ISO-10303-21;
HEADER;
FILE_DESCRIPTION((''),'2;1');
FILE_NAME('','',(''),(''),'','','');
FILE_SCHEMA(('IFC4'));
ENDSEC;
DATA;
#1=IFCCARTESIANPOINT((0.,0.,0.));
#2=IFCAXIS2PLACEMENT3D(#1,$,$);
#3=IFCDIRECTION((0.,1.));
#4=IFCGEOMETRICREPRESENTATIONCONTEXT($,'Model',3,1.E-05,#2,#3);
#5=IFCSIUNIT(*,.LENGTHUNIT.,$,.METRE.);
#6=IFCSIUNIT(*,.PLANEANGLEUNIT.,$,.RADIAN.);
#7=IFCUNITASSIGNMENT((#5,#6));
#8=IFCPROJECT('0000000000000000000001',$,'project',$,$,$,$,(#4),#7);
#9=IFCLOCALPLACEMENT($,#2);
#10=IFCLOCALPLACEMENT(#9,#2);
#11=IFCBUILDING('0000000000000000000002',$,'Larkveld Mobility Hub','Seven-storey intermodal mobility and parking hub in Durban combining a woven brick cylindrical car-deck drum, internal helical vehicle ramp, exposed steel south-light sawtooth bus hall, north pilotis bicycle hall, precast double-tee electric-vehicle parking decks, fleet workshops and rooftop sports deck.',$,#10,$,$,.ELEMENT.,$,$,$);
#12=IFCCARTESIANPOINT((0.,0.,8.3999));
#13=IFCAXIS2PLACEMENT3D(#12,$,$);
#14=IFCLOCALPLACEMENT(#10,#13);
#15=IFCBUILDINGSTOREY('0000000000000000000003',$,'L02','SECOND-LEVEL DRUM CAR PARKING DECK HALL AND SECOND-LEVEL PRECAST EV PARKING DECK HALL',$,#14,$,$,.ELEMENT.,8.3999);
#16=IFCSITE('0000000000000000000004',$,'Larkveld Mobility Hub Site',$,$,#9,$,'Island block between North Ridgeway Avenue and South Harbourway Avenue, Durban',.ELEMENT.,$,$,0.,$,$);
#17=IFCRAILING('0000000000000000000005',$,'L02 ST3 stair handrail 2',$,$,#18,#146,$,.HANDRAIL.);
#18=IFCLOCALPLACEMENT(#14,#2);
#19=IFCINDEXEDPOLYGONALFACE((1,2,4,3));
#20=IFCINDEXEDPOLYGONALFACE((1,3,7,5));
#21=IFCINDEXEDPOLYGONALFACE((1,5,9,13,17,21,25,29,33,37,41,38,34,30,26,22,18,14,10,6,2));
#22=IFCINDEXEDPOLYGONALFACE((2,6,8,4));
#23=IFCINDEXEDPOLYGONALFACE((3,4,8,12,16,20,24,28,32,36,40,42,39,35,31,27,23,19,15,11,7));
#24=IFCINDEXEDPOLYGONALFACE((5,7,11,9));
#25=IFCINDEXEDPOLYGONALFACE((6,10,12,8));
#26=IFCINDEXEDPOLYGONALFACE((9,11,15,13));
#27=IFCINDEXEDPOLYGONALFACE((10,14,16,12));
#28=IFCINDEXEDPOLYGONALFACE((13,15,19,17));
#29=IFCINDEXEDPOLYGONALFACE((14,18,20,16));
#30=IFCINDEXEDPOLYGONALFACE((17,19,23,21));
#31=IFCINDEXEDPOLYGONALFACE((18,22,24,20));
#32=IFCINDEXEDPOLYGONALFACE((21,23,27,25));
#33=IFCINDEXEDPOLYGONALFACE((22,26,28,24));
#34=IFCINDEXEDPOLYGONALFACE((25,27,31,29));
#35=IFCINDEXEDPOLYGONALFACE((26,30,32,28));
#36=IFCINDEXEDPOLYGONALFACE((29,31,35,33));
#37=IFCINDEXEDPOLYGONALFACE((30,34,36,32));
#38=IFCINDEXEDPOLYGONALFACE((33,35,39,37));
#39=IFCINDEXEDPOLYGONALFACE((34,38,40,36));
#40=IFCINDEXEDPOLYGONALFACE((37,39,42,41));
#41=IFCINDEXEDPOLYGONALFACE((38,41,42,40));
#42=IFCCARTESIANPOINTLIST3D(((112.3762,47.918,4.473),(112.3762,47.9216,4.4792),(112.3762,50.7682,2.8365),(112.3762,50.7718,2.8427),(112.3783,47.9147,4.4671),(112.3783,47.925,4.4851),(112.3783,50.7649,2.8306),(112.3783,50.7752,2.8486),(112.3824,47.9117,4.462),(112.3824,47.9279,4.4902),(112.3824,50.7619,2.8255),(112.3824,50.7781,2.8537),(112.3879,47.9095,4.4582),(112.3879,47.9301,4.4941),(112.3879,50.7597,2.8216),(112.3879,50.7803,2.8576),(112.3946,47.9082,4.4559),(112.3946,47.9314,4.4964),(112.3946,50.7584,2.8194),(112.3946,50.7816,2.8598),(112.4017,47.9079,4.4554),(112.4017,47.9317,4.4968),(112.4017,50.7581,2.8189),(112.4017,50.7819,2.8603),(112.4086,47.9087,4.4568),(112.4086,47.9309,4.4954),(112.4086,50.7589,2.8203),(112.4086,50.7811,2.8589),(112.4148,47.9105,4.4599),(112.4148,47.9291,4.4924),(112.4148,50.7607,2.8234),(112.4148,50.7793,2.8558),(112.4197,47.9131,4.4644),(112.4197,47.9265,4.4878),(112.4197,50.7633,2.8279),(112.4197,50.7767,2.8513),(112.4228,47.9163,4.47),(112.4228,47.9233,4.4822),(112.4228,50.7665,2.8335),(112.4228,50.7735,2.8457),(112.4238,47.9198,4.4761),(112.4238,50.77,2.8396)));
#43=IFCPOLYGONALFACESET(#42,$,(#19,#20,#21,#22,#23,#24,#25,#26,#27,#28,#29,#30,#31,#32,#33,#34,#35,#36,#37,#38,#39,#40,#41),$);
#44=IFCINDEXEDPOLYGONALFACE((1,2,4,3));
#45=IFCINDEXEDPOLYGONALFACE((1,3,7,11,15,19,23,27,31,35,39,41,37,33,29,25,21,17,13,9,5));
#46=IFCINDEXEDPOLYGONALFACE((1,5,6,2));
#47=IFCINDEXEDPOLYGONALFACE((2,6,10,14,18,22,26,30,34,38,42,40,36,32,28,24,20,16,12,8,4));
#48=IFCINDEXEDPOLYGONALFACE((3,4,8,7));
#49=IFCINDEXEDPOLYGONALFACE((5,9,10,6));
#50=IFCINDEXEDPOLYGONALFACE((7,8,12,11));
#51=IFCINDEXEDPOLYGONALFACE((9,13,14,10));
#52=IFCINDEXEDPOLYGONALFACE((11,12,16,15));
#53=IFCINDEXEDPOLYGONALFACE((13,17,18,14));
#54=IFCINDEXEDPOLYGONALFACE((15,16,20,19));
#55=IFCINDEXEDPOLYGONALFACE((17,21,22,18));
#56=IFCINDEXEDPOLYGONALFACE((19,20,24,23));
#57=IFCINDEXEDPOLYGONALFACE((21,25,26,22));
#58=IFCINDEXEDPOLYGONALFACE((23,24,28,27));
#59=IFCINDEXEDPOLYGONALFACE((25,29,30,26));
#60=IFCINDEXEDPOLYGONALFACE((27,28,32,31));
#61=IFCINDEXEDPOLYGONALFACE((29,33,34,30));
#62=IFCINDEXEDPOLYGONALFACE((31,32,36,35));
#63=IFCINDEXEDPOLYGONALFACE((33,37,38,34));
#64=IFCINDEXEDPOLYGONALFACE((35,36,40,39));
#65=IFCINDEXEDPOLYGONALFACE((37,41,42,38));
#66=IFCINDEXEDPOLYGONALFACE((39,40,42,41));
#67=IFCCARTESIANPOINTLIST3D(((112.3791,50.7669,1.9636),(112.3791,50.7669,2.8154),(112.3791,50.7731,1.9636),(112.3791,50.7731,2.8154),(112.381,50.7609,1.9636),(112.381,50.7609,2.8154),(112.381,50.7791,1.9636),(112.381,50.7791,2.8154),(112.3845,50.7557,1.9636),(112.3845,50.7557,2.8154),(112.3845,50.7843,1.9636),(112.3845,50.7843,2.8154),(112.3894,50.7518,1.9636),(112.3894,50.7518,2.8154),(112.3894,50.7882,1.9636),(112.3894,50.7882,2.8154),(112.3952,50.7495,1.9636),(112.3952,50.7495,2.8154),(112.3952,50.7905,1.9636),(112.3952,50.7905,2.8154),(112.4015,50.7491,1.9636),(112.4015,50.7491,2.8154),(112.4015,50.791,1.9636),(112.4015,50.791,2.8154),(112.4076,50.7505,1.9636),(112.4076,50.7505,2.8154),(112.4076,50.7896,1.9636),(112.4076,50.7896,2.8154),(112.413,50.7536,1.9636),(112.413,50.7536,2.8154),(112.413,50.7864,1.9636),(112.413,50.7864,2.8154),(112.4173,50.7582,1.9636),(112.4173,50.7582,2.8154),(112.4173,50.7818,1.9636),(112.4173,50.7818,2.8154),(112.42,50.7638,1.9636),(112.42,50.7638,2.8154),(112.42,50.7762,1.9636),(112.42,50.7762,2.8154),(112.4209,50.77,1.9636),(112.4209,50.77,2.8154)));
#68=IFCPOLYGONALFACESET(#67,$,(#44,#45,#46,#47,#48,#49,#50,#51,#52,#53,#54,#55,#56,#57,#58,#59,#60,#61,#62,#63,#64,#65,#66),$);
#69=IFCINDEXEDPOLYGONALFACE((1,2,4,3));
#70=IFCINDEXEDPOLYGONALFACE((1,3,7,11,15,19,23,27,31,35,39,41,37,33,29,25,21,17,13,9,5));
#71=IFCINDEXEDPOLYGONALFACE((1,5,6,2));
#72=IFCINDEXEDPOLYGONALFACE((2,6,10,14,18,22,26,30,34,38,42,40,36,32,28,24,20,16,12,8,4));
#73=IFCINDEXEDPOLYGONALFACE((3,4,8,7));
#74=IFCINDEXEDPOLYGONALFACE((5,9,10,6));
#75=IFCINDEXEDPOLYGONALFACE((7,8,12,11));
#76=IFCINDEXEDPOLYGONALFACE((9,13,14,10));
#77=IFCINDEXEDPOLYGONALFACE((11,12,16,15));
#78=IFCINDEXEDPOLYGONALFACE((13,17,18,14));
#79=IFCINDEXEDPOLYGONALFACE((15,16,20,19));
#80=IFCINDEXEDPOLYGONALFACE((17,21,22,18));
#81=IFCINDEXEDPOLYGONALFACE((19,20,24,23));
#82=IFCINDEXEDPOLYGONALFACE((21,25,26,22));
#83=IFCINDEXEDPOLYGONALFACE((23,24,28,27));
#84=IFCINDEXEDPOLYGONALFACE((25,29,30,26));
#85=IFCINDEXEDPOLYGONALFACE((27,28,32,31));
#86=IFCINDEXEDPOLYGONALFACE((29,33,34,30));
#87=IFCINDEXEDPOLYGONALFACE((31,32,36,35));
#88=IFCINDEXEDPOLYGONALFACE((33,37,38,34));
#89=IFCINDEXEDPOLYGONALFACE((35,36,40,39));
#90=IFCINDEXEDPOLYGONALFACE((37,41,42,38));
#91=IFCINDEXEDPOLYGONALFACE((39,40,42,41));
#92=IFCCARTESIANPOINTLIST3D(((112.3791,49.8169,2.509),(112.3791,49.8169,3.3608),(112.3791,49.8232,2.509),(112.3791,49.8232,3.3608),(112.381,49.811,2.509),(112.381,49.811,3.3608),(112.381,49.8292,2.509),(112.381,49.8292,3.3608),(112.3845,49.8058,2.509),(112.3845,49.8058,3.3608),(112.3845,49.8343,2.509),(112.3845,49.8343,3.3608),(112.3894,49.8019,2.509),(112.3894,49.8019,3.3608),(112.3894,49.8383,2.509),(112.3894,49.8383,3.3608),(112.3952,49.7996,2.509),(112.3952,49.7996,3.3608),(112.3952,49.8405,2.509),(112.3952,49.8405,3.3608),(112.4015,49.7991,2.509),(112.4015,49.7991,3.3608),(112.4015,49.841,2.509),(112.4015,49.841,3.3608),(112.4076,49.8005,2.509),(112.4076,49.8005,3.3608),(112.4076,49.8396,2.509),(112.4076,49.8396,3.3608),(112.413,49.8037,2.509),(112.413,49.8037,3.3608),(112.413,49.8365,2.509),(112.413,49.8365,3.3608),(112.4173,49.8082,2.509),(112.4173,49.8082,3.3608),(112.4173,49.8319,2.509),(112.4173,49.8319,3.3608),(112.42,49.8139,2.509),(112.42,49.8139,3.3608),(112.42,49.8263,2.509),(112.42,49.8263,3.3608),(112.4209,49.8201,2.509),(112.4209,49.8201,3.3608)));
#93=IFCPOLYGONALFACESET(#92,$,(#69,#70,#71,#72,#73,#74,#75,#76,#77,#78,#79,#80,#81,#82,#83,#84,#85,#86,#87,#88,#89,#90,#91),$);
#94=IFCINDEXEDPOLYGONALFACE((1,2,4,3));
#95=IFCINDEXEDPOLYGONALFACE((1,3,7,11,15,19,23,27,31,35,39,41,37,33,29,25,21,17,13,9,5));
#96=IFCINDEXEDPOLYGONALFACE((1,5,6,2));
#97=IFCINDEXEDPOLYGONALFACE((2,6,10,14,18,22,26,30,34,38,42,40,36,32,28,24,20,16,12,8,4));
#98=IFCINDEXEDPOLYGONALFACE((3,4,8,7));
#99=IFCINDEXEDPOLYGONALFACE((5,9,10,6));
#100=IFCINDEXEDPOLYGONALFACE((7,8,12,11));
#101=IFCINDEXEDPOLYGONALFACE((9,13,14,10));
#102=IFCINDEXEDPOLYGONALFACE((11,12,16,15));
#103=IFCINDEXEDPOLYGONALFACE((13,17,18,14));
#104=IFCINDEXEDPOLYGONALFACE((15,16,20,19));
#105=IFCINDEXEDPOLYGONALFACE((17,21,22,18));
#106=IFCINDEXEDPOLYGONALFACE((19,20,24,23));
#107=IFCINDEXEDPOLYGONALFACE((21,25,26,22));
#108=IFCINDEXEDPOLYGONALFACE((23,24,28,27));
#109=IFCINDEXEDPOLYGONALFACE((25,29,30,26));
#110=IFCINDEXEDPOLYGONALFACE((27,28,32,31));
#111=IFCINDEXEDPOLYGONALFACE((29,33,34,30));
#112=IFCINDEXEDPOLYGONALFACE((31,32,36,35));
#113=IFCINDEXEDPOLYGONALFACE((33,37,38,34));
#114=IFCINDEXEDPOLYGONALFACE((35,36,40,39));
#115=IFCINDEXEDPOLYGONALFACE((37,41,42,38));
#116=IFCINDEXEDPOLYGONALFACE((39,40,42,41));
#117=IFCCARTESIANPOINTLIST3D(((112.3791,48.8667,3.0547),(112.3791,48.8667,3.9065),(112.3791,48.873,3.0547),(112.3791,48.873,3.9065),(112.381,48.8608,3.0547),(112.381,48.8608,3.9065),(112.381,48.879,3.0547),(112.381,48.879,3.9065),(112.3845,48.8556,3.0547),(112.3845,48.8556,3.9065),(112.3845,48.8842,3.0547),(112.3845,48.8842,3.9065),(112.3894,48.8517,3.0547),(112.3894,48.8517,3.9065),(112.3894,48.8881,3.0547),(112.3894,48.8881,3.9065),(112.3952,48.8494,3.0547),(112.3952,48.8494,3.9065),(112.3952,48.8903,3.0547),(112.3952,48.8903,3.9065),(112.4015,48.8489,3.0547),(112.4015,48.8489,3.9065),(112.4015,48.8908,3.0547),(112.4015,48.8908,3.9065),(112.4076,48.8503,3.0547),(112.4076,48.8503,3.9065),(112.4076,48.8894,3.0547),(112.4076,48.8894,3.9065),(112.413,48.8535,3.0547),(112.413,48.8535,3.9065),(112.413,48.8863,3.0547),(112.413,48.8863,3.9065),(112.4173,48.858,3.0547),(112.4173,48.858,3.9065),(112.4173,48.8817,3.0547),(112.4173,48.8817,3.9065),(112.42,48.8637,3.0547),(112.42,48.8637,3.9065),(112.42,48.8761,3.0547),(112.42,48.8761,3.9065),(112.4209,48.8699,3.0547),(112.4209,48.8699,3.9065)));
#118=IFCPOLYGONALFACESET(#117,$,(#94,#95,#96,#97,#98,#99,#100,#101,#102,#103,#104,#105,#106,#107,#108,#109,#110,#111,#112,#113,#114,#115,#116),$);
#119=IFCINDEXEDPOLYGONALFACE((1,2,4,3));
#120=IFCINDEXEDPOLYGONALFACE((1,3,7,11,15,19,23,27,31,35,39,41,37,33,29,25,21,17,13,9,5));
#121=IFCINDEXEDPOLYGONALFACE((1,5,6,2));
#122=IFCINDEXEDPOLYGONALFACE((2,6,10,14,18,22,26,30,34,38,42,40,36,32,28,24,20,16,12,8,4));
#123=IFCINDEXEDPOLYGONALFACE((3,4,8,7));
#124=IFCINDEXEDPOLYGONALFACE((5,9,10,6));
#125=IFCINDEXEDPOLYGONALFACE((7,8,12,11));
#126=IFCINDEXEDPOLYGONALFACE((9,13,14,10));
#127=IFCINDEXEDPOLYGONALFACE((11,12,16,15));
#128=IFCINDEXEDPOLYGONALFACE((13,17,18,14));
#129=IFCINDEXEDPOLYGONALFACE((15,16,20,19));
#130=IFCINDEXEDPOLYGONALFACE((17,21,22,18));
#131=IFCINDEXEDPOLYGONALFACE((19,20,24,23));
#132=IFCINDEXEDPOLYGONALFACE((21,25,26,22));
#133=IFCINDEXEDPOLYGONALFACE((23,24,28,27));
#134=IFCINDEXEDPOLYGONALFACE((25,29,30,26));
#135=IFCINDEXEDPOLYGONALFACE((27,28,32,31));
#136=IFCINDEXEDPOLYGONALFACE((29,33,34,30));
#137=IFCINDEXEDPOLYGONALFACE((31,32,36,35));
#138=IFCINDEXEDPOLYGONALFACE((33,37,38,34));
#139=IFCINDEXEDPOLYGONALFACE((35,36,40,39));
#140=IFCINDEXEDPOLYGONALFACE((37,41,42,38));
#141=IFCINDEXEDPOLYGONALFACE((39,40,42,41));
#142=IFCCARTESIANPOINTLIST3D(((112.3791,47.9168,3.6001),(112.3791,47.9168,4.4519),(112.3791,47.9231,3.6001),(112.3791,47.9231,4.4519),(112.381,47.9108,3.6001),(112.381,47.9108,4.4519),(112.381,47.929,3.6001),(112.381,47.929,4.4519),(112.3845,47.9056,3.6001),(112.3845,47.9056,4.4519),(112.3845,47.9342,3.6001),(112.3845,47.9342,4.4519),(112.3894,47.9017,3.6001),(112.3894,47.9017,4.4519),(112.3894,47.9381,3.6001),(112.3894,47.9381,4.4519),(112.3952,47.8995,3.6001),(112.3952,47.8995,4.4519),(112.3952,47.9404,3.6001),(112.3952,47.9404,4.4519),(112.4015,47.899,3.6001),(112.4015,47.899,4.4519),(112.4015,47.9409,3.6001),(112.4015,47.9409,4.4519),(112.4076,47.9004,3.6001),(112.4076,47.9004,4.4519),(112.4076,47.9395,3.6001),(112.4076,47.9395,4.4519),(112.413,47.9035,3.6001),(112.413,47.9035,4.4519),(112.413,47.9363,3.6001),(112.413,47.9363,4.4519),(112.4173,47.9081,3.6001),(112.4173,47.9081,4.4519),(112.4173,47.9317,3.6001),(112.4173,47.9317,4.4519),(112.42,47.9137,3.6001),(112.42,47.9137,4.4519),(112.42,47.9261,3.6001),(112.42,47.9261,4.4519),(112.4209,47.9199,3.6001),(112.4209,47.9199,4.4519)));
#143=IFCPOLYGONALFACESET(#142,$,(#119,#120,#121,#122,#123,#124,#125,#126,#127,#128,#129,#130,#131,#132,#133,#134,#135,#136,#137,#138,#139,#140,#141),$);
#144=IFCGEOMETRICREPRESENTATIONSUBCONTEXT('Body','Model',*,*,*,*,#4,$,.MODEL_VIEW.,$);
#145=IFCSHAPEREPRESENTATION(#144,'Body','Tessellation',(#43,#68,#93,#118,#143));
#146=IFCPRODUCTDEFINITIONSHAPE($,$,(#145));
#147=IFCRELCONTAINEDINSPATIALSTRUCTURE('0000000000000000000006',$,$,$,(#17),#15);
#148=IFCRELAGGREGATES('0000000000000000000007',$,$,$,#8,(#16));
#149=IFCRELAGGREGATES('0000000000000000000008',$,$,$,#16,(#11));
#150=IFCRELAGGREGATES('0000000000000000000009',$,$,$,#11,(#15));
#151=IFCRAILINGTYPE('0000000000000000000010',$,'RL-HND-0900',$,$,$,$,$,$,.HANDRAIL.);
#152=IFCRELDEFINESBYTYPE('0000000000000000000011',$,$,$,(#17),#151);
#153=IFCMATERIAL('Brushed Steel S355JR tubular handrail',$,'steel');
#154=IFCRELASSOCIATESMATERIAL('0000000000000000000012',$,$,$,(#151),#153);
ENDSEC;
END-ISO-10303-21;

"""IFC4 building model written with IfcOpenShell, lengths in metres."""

from ifc_helpers import new_model, si_unit, direction, frame, origin, origin_2d, place, context, subcontext, project, spatial, circle, extrude, material, type_object, element, save


model = new_model("IFC4")

# Units and contexts
model_context = context("Model", 3, precision=1e-05, world=origin(), true_north=direction((0.0, 1.0)))
body_context = subcontext(model_context, "Body", "Model", "MODEL_VIEW")
ifc_project = project(units=[si_unit("LENGTHUNIT", "METRE"), si_unit("PLANEANGLEUNIT", "RADIAN")], contexts=[model_context])

# Site, building, storey
site_placement = place(None, origin())
site = spatial("IfcSite", under=ifc_project, at=site_placement, Name="Larkveld Mobility Hub Site", LongName="Island block between North Ridgeway Avenue and South Harbourway Avenue, Durban", CompositionType="ELEMENT", RefElevation=0.0)
building_placement = place(site_placement, origin())
building = spatial("IfcBuilding", under=site, at=building_placement, Name="Larkveld Mobility Hub", Description="Seven-storey intermodal mobility and parking hub in Durban combining a woven brick cylindrical car-deck drum, internal helical vehicle ramp, exposed steel south-light sawtooth bus hall, north pilotis bicycle hall, precast double-tee electric-vehicle parking decks, fleet workshops and rooftop sports deck.", CompositionType="ELEMENT")
storey_placement = place(building_placement, frame((0.0, 0.0, 8.3999)))
storey = spatial("IfcBuildingStorey", under=building, at=storey_placement, Name="L02", Description="SECOND-LEVEL DRUM CAR PARKING DECK HALL AND SECOND-LEVEL PRECAST EV PARKING DECK HALL", CompositionType="ELEMENT", Elevation=8.3999)

# Railing
ifc_material_1 = material(Name="Brushed Steel S355JR tubular handrail", Category="steel")
railing_type_1 = type_object("IfcRailingType", Name="RL-HND-0900", PredefinedType="HANDRAIL", material=ifc_material_1)
railing_1_placement = place(storey_placement, frame((112.3999, 50.77, 1.9636)))
element("IfcRailing", 1, at=railing_1_placement, inside=storey, type_object=railing_type_1, Name="L02 ST3 stair handrail 2", PredefinedType="HANDRAIL", context=body_context, shape_type="SweptSolid", body=[
    extrude(circle(Radius=0.0239, at=origin_2d()), frame((0.0, 0.0, 0.876), z_axis=(0.0, -0.867213, 0.497938), x_axis=(1.0, 0.0, 0.0)), (0.0, 0.0, 1.0), 3.2866),
    extrude(circle(Radius=0.021, at=origin_2d()), origin(), (0.0, 0.0, 1.0), 0.8518),
    extrude(circle(Radius=0.021, at=origin_2d()), frame((0.0, -0.95, 0.5454)), (0.0, 0.0, 1.0), 0.8518),
    extrude(circle(Radius=0.021, at=origin_2d()), frame((0.0, -1.9001, 1.0911)), (0.0, 0.0, 1.0), 0.8518),
    extrude(circle(Radius=0.021, at=origin_2d()), frame((0.0, -2.8501, 1.6365)), (0.0, 0.0, 1.0), 0.8518),
])

save(model, "model.ifc")
